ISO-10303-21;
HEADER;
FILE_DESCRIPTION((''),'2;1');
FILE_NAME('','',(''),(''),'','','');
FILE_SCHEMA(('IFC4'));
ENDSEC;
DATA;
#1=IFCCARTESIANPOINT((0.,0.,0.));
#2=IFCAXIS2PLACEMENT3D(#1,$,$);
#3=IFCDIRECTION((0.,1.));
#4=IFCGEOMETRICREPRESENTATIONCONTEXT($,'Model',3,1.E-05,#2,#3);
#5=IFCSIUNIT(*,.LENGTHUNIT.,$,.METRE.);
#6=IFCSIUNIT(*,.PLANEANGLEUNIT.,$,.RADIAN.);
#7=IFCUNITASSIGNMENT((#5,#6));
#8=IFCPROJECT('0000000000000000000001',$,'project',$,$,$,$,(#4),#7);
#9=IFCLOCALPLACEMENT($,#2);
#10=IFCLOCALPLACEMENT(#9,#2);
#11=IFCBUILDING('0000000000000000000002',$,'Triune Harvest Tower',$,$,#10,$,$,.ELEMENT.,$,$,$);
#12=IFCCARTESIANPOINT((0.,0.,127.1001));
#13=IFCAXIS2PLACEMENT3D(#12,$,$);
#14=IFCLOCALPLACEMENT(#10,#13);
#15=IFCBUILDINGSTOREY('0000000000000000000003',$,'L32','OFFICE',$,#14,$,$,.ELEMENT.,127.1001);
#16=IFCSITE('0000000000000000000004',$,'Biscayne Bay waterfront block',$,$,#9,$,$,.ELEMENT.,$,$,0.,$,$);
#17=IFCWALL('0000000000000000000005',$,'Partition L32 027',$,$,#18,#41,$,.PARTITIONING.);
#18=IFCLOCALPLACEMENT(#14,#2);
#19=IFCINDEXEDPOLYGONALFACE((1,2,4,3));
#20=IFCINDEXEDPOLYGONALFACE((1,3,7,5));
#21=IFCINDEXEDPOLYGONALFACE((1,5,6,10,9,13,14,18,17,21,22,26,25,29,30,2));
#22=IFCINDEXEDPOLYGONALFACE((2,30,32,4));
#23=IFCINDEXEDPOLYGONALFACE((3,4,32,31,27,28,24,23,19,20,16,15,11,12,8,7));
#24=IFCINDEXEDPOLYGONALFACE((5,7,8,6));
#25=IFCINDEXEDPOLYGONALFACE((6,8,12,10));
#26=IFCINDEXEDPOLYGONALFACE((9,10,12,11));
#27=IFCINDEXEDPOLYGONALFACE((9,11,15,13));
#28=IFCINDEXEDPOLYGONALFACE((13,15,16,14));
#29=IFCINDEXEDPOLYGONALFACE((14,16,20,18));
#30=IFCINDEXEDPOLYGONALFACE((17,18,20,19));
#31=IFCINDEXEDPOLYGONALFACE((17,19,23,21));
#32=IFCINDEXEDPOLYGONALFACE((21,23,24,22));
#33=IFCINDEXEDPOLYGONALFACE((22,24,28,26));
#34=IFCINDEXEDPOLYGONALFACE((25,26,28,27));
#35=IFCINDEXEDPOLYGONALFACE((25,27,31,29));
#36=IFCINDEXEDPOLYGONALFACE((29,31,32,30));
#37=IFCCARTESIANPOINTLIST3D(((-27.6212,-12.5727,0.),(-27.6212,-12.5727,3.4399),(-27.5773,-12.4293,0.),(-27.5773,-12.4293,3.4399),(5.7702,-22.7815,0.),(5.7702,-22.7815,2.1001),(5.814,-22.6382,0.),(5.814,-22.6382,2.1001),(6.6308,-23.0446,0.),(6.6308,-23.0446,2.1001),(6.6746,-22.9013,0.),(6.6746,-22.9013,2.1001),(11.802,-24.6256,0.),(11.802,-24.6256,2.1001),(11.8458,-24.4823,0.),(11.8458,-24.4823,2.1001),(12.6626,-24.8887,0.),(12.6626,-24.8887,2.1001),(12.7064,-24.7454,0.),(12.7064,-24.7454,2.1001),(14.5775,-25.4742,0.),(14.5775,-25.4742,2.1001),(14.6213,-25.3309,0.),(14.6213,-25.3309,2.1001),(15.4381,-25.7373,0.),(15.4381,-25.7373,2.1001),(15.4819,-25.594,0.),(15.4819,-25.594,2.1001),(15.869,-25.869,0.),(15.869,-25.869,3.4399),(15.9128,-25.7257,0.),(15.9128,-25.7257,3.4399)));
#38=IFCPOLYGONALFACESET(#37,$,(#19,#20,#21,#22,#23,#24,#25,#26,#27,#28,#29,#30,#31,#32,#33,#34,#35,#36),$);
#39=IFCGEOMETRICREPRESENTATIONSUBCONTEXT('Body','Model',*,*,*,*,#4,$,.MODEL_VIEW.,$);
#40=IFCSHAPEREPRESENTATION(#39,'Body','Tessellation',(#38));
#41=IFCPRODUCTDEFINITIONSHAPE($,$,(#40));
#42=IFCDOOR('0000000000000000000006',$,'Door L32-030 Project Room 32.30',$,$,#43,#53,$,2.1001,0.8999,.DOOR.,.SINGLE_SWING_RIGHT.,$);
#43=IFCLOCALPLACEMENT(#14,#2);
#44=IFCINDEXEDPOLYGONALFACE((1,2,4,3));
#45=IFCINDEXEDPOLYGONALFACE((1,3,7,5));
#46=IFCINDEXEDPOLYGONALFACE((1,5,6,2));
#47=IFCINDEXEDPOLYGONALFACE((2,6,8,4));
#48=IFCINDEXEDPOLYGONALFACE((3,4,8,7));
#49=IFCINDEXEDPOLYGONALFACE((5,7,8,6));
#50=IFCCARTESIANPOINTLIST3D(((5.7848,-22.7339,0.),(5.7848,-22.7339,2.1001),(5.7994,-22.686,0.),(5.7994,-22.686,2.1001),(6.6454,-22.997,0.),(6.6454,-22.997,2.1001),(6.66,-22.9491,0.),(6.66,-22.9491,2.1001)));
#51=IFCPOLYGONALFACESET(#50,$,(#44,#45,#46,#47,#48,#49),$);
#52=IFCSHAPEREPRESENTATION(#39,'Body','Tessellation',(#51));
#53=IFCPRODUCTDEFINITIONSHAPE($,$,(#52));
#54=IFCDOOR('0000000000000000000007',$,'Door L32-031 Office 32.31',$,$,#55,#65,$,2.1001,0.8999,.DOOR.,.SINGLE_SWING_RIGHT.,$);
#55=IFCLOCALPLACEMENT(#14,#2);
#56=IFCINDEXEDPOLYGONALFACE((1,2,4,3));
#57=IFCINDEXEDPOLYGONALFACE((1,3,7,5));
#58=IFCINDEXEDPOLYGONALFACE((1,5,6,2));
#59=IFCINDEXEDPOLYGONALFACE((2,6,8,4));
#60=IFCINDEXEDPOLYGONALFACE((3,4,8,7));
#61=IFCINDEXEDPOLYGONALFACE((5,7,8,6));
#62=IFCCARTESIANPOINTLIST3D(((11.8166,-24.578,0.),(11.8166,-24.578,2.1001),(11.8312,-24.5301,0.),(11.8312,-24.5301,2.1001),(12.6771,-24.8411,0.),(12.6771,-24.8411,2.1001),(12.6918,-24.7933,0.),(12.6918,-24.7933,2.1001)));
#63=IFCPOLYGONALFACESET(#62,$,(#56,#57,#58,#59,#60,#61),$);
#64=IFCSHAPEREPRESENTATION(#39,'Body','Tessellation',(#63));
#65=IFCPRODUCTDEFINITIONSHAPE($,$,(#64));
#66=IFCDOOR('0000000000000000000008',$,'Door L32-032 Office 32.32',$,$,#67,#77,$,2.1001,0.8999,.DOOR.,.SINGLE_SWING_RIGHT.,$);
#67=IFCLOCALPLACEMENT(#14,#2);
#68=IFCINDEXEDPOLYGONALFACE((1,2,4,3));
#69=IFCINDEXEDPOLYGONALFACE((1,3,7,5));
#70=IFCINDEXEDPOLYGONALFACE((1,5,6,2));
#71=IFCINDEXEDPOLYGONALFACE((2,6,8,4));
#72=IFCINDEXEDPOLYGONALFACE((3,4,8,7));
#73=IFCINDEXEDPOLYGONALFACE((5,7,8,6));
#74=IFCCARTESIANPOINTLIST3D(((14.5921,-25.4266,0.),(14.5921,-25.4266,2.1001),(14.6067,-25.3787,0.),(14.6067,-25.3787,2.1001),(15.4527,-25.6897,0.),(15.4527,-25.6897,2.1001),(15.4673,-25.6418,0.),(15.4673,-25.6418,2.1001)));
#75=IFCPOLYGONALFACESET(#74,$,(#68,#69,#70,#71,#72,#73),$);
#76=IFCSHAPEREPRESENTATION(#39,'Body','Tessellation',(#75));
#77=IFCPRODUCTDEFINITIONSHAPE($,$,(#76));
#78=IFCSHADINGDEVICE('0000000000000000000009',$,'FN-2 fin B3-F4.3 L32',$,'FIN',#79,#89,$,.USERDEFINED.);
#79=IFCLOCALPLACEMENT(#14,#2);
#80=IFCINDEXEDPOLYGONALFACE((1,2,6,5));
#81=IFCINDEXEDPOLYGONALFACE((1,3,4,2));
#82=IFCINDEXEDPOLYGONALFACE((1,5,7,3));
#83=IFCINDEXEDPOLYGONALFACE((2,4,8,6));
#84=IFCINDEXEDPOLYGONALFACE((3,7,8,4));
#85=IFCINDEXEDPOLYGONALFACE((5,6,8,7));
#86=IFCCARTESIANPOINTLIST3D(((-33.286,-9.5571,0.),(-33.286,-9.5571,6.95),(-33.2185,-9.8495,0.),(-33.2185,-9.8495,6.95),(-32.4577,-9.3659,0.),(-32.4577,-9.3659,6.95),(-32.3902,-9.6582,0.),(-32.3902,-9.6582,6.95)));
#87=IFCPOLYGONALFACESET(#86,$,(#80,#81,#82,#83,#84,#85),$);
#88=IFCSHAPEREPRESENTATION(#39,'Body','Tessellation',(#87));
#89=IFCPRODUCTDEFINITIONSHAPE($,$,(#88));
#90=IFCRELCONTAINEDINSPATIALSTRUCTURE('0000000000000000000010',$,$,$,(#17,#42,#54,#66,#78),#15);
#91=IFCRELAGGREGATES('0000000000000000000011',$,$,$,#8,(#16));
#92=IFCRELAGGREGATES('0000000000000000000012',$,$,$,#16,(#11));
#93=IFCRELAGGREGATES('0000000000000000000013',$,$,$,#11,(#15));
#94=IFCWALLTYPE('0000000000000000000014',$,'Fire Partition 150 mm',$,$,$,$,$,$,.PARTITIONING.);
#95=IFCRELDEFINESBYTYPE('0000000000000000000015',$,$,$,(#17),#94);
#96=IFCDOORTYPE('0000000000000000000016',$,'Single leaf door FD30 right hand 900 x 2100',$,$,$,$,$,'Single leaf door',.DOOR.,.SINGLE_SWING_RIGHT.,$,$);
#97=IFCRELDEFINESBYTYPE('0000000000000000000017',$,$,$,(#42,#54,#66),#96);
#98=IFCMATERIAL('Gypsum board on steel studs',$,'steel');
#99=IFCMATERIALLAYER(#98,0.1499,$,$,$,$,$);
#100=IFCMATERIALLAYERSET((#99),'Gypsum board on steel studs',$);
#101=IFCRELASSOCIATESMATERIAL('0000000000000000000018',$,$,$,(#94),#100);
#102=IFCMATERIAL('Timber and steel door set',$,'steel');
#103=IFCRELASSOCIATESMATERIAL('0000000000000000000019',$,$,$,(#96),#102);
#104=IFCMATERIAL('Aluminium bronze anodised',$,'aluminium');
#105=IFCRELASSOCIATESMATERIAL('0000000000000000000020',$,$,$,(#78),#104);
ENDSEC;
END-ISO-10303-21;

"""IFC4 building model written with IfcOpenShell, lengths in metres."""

from ifc_helpers import new_model, si_unit, direction, frame, frame_2d, origin, origin_2d, place, context, subcontext, project, spatial, rectangle, extrude, source, transform, mapped, material, layer, layer_set, type_object, element, fill, save


model = new_model("IFC4")

# Units and contexts
model_context = context("Model", 3, precision=1e-05, world=origin(), true_north=direction((0.0, 1.0)))
body_context = subcontext(model_context, "Body", "Model", "MODEL_VIEW")
ifc_project = project(units=[si_unit("LENGTHUNIT", "METRE"), si_unit("PLANEANGLEUNIT", "RADIAN")], contexts=[model_context])

# Site, building, storey
site_placement = place(None, origin())
site = spatial("IfcSite", under=ifc_project, at=site_placement, Name="Biscayne Bay waterfront block", CompositionType="ELEMENT", RefElevation=0.0)
building_placement = place(site_placement, origin())
building = spatial("IfcBuilding", under=site, at=building_placement, Name="Triune Harvest Tower", CompositionType="ELEMENT")
storey_placement = place(building_placement, frame((0.0, 0.0, 127.1001)))
storey = spatial("IfcBuildingStorey", under=building, at=storey_placement, Name="L32", Description="OFFICE", CompositionType="ELEMENT", Elevation=127.1001)

# Shared definitions
ifc_material_1 = material(Name="Gypsum board on steel studs", Category="steel")
ifc_layer_1 = layer(ifc_material_1, 0.1499)
ifc_layer_set_1 = layer_set([ifc_layer_1], Name="Gypsum board on steel studs")
wall_type = type_object("IfcWallType", Name="Fire Partition 150 mm", PredefinedType="PARTITIONING", material=ifc_layer_set_1)
ifc_material_2 = material(Name="Timber and steel door set", Category="steel")
door_type_1 = type_object("IfcDoorType", Name="Single leaf door FD30 right hand 900 x 2100", ElementType="Single leaf door", OperationType="SINGLE_SWING_RIGHT", PredefinedType="DOOR", material=ifc_material_2)

# Wall, openings, doors
shared_shape_1 = source(origin(), body_context, "Body", "SweptSolid", [
    extrude(rectangle(XDim=45.4773, YDim=0.1499, at=frame_2d((22.7388, 0.0))), origin(), (0.0, 0.0, 1.0), 3.4399),
])
wall_1_placement = place(storey_placement, frame((-27.5994, -12.501, 0.0), z_axis=(0.0, 0.0, 1.0), x_axis=(0.956304, -0.292373, 0.0)))
wall_1 = element("IfcWall", 1, at=wall_1_placement, inside=storey, type_object=wall_type, Name="Partition L32 027", PredefinedType="PARTITIONING", context=body_context, shape_type="MappedRepresentation", body=[
    mapped(shared_shape_1, transform((0.0, 0.0, 0.0), scale=1.0)),
])
opening_1_placement = place(wall_1_placement, frame((34.9172, 0.0, 0.0)))
opening_1 = element("IfcOpeningElement", 2, at=opening_1_placement, cuts=wall_1, PredefinedType="OPENING", context=body_context, shape_type="SweptSolid", body=[
    extrude(rectangle(XDim=0.8999, YDim=2.1001, at=frame_2d((0.45, 1.05))), frame((0.0, 0.085, 0.0), z_axis=(0.0, -1.0, 0.0), x_axis=(1.0, 0.0, 0.0)), (0.0, 0.0, 1.0), 0.1699),
])
opening_2_placement = place(wall_1_placement, frame((41.2246, 0.0, 0.0)))
opening_2 = element("IfcOpeningElement", 3, at=opening_2_placement, cuts=wall_1, PredefinedType="OPENING", context=body_context, shape_type="SweptSolid", body=[
    extrude(rectangle(XDim=0.8999, YDim=2.1001, at=frame_2d((0.45, 1.05))), frame((0.0, 0.085, 0.0), z_axis=(0.0, -1.0, 0.0), x_axis=(1.0, 0.0, 0.0)), (0.0, 0.0, 1.0), 0.1699),
])
opening_3_placement = place(wall_1_placement, frame((44.127, 0.0, 0.0)))
opening_3 = element("IfcOpeningElement", 4, at=opening_3_placement, cuts=wall_1, PredefinedType="OPENING", context=body_context, shape_type="SweptSolid", body=[
    extrude(rectangle(XDim=0.8999, YDim=2.1001, at=frame_2d((0.45, 1.05))), frame((0.0, 0.085, 0.0), z_axis=(0.0, -1.0, 0.0), x_axis=(1.0, 0.0, 0.0)), (0.0, 0.0, 1.0), 0.1699),
])
door_1_placement = place(opening_1_placement, origin())
door_1 = element("IfcDoor", 5, at=door_1_placement, inside=storey, type_object=door_type_1, Name="Door L32-030 Project Room 32.30", OperationType="SINGLE_SWING_RIGHT", OverallHeight=2.1001, OverallWidth=0.8999, PredefinedType="DOOR", context=body_context, shape_type="SweptSolid", body=[
    extrude(rectangle(XDim=0.8999, YDim=2.1001, at=frame_2d((0.45, 1.05))), frame((0.0, 0.0249, 0.0), z_axis=(0.0, -1.0, 0.0), x_axis=(1.0, 0.0, 0.0)), (0.0, 0.0, 1.0), 0.05),
])
fill(opening_1, door_1)
door_2_placement = place(opening_2_placement, origin())
door_2 = element("IfcDoor", 6, at=door_2_placement, inside=storey, type_object=door_type_1, Name="Door L32-031 Office 32.31", OperationType="SINGLE_SWING_RIGHT", OverallHeight=2.1001, OverallWidth=0.8999, PredefinedType="DOOR", context=body_context, shape_type="SweptSolid", body=[
    extrude(rectangle(XDim=0.8999, YDim=2.1001, at=frame_2d((0.45, 1.05))), frame((0.0, 0.0249, 0.0), z_axis=(0.0, -1.0, 0.0), x_axis=(1.0, 0.0, 0.0)), (0.0, 0.0, 1.0), 0.05),
])
fill(opening_2, door_2)
door_3_placement = place(opening_3_placement, origin())
door_3 = element("IfcDoor", 7, at=door_3_placement, inside=storey, type_object=door_type_1, Name="Door L32-032 Office 32.32", OperationType="SINGLE_SWING_RIGHT", OverallHeight=2.1001, OverallWidth=0.8999, PredefinedType="DOOR", context=body_context, shape_type="SweptSolid", body=[
    extrude(rectangle(XDim=0.8999, YDim=2.1001, at=frame_2d((0.45, 1.05))), frame((0.0, 0.0249, 0.0), z_axis=(0.0, -1.0, 0.0), x_axis=(1.0, 0.0, 0.0)), (0.0, 0.0, 1.0), 0.05),
])
fill(opening_3, door_3)

# Shading device
ifc_material_3 = material(Name="Aluminium bronze anodised", Category="aluminium")
shared_shape_2 = source(origin(), body_context, "Body", "SweptSolid", [
    extrude(rectangle(XDim=0.3, YDim=0.8501, at=origin_2d()), origin(), (0.0, 0.0, 1.0), 6.95),
])
shading_device_placement = place(storey_placement, frame((-32.8381, -9.6077, 0.0), z_axis=(0.0, 0.0, 1.0), x_axis=(0.224947, -0.974371, 0.0)))
element("IfcShadingDevice", 8, at=shading_device_placement, inside=storey, material=ifc_material_3, Name="FN-2 fin B3-F4.3 L32", ObjectType="FIN", PredefinedType="USERDEFINED", context=body_context, shape_type="MappedRepresentation", body=[
    mapped(shared_shape_2, transform((0.0, 0.0, 0.0), scale=1.0)),
])

save(model, "model.ifc")
